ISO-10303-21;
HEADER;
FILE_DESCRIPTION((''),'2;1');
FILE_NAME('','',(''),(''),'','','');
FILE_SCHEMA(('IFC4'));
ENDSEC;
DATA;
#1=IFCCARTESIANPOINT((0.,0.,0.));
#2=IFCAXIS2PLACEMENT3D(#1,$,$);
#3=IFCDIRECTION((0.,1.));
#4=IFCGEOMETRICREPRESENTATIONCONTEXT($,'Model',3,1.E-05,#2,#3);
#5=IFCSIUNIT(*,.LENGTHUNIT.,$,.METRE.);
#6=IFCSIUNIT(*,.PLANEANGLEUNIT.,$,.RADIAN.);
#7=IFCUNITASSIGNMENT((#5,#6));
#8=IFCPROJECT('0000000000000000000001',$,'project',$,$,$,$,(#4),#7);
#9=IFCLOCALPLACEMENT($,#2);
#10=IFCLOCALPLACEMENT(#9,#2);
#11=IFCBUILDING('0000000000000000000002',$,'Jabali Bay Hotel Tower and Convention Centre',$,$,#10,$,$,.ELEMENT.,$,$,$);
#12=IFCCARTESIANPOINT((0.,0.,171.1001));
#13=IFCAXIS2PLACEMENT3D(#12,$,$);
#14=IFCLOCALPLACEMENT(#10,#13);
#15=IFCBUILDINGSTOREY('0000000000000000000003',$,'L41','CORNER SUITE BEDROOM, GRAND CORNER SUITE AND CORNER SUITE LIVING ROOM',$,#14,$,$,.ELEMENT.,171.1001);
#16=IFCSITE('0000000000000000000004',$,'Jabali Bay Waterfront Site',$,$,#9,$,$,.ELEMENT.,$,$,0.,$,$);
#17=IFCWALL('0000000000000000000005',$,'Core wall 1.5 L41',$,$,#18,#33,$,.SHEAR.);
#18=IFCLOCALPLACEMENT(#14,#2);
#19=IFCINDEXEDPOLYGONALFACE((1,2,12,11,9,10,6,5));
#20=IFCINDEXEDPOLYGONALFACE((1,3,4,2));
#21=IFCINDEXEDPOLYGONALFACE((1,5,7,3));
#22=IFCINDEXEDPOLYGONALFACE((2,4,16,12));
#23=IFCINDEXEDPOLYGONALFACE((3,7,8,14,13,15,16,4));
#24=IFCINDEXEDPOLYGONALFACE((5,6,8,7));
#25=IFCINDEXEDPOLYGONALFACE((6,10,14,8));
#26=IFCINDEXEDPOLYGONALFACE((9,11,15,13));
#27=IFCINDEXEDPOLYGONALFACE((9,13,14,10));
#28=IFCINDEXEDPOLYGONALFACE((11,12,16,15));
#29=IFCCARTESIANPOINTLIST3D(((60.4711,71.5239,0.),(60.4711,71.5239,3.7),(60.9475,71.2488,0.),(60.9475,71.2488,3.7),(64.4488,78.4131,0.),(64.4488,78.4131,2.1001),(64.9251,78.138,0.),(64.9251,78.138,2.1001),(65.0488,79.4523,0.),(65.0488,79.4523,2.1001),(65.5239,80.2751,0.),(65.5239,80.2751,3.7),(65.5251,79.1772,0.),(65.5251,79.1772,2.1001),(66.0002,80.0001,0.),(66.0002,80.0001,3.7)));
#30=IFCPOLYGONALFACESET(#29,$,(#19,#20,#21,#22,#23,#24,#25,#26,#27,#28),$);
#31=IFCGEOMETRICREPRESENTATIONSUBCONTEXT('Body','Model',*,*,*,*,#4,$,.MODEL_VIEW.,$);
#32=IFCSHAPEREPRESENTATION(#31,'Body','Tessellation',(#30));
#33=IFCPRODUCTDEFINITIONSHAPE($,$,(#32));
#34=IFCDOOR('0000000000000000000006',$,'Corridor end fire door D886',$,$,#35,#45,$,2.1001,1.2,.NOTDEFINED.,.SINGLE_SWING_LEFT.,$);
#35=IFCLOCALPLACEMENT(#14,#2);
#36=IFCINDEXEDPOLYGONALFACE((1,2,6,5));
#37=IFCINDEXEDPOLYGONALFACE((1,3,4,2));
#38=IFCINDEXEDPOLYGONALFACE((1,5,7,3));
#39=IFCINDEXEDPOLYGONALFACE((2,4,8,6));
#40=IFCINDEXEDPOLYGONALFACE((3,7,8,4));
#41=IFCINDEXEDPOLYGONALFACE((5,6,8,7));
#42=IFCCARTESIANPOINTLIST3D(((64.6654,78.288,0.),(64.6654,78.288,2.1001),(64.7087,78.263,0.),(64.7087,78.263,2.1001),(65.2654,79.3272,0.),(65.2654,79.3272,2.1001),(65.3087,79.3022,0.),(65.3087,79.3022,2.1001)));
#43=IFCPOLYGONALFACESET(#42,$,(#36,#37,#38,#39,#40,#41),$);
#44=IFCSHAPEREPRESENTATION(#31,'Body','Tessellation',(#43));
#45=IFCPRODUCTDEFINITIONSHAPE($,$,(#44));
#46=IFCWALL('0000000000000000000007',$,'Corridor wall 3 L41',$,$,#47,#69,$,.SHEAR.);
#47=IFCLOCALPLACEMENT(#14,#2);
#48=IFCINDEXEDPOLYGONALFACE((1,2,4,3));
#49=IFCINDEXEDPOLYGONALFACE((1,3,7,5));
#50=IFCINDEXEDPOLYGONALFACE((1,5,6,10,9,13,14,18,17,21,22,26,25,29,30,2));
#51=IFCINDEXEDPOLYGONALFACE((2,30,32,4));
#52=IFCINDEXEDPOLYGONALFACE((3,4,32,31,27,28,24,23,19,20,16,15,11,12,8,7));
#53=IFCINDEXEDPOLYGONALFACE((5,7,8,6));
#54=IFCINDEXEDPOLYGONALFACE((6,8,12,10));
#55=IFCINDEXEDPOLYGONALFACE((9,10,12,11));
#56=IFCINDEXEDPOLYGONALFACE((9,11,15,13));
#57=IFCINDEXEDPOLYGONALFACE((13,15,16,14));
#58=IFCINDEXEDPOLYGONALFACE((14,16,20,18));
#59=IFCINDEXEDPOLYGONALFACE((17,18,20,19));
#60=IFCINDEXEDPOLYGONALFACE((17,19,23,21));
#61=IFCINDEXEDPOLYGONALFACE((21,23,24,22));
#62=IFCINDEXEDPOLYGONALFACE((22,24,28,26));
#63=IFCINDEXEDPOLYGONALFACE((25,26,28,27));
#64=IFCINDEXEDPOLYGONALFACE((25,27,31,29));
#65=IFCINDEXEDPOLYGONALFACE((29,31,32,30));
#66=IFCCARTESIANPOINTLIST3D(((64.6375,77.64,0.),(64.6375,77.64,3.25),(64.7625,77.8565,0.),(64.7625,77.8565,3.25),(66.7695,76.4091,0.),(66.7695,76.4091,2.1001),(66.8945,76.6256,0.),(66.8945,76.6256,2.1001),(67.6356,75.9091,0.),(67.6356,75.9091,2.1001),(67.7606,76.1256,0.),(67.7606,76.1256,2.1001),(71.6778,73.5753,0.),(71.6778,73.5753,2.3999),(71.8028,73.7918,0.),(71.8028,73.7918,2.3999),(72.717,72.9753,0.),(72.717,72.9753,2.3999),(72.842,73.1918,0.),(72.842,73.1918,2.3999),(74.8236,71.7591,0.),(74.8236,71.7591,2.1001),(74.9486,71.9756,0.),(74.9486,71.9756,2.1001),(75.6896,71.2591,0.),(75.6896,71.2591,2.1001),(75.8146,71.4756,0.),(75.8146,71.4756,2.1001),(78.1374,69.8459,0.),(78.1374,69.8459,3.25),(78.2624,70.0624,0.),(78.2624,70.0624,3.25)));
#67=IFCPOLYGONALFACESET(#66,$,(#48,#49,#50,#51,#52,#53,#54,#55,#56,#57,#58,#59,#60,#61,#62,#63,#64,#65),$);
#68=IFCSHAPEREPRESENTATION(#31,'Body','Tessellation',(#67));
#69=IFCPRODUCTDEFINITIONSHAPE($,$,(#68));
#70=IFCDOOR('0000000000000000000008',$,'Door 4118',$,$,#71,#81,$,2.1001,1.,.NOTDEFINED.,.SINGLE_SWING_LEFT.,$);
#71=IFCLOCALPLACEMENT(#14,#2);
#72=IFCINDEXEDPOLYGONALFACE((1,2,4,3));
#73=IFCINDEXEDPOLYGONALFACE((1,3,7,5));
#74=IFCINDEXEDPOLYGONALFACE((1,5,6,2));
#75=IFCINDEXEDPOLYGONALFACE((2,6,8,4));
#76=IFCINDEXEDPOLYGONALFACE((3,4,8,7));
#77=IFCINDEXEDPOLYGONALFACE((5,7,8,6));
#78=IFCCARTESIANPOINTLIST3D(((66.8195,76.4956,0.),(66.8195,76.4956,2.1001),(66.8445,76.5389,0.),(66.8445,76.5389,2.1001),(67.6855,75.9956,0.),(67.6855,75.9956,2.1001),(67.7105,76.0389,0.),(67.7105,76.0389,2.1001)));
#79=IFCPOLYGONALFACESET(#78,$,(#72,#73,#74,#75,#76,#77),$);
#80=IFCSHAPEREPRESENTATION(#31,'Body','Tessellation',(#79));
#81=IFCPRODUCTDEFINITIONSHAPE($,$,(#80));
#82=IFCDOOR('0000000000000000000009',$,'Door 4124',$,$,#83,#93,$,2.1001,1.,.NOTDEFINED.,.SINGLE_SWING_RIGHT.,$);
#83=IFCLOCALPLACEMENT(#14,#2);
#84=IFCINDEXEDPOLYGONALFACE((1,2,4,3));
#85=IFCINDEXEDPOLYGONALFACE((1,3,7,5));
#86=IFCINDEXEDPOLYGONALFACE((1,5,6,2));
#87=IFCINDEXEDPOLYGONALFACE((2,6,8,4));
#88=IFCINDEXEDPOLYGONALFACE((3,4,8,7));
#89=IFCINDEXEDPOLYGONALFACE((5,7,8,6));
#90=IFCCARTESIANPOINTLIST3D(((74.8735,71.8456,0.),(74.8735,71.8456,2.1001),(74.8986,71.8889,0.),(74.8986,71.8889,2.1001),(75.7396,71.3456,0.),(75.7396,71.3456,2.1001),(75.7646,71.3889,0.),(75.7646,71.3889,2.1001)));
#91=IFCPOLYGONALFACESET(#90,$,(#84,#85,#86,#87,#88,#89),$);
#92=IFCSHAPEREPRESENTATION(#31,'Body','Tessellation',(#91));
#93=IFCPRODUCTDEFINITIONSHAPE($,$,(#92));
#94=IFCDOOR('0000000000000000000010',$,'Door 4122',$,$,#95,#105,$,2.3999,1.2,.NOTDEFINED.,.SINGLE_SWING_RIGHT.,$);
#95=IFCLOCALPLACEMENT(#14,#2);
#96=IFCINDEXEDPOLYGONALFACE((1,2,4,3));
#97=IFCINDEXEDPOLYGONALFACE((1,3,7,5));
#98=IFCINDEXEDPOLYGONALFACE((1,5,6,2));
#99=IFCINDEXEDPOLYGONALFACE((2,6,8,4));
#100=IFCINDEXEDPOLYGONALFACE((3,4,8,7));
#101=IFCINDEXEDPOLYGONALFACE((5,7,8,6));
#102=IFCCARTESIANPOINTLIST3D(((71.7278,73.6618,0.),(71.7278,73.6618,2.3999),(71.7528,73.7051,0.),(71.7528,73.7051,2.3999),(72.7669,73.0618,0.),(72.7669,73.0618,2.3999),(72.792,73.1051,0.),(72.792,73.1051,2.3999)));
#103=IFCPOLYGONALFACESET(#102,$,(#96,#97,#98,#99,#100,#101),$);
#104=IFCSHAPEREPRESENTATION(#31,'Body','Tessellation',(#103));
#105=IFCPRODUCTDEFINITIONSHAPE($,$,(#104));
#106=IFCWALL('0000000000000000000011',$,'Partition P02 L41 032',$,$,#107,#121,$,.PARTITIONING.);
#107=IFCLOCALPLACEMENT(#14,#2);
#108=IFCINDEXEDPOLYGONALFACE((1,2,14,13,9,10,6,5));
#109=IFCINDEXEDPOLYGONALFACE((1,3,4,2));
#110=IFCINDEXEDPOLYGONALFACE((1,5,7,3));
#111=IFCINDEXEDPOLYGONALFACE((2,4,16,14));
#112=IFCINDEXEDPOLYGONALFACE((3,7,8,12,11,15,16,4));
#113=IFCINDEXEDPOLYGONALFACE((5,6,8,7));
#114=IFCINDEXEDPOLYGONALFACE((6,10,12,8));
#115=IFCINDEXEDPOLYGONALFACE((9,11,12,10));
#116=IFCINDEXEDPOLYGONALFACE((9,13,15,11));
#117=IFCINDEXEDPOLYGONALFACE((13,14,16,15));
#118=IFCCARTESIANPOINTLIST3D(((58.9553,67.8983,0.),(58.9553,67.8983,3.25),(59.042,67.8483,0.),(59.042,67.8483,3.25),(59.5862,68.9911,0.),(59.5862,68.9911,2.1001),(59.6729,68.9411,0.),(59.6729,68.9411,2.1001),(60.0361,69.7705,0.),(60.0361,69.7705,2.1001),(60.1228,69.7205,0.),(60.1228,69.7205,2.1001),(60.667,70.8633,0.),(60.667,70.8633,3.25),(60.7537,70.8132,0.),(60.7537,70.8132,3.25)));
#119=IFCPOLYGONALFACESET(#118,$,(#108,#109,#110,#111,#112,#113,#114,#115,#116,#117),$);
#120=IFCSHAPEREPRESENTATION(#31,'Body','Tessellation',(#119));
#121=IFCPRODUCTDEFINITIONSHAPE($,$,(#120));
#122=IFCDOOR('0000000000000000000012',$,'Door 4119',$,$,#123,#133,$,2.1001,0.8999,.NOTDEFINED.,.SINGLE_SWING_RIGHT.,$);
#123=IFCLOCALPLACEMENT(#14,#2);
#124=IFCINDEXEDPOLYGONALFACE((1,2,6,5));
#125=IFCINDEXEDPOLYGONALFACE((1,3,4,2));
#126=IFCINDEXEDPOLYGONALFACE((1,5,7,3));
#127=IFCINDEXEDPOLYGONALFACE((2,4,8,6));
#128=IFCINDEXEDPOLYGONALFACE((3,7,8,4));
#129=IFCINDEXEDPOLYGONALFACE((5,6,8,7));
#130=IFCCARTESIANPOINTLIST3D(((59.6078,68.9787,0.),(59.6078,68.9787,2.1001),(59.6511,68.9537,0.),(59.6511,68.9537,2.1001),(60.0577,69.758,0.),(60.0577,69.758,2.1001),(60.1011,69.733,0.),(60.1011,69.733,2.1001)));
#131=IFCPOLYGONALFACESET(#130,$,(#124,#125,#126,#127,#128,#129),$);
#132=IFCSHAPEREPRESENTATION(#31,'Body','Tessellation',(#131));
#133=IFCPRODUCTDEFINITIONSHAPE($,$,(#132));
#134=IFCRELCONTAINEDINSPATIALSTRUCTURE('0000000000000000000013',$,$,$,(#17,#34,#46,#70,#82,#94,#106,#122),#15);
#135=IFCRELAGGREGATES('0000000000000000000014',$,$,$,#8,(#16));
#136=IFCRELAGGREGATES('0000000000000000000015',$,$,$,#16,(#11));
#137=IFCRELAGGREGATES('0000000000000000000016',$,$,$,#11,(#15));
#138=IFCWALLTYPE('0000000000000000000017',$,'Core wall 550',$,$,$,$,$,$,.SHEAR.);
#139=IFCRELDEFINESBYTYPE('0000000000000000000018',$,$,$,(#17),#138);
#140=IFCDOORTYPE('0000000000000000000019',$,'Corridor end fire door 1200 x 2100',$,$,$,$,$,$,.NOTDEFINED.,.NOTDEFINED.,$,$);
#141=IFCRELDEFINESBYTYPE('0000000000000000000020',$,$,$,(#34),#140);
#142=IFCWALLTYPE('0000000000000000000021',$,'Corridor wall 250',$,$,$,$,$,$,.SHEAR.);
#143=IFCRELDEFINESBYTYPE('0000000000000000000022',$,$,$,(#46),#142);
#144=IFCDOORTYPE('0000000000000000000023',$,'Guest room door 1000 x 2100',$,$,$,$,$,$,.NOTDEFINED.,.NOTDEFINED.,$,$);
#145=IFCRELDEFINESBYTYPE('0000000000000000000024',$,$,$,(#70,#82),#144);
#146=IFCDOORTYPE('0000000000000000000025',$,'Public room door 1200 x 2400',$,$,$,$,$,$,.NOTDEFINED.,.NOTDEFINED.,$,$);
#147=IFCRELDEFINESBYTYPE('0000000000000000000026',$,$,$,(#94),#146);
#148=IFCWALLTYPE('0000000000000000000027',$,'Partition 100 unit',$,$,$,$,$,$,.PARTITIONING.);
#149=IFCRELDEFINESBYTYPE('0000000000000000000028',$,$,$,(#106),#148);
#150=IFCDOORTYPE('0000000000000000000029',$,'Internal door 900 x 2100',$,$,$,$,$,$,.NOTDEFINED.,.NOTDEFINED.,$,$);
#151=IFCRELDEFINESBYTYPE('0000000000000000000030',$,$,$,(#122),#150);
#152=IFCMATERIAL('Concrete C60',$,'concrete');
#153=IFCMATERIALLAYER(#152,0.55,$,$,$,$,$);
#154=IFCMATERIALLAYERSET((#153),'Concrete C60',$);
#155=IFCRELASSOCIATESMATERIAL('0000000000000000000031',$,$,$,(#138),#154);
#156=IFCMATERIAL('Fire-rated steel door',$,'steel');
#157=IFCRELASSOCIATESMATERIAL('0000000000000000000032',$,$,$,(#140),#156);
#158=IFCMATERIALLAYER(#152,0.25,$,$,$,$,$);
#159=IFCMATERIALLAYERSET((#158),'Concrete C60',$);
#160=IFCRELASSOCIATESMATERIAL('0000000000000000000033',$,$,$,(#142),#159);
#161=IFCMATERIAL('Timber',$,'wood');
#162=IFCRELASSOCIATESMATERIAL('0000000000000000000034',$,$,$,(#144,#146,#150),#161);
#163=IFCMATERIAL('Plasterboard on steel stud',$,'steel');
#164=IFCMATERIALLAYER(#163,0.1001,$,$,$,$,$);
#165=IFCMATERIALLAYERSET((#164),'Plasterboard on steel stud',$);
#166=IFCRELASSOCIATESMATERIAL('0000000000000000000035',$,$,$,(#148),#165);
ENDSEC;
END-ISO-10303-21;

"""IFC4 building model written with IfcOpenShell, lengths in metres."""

from ifc_helpers import new_model, si_unit, direction, frame, frame_2d, origin, place, context, subcontext, project, spatial, rectangle, extrude, material, layer, layer_set, type_object, element, fill, save


model = new_model("IFC4")

# Units and contexts
model_context = context("Model", 3, precision=1e-05, world=origin(), true_north=direction((0.0, 1.0)))
body_context = subcontext(model_context, "Body", "Model", "MODEL_VIEW")
ifc_project = project(units=[si_unit("LENGTHUNIT", "METRE"), si_unit("PLANEANGLEUNIT", "RADIAN")], contexts=[model_context])

# Site, building, storey
site_placement = place(None, origin())
site = spatial("IfcSite", under=ifc_project, at=site_placement, Name="Jabali Bay Waterfront Site", CompositionType="ELEMENT", RefElevation=0.0)
building_placement = place(site_placement, origin())
building = spatial("IfcBuilding", under=site, at=building_placement, Name="Jabali Bay Hotel Tower and Convention Centre", CompositionType="ELEMENT")
storey_placement = place(building_placement, frame((0.0, 0.0, 171.1001)))
storey = spatial("IfcBuildingStorey", under=building, at=storey_placement, Name="L41", Description="CORNER SUITE BEDROOM, GRAND CORNER SUITE AND CORNER SUITE LIVING ROOM", CompositionType="ELEMENT", Elevation=171.1001)

# Shared definitions
ifc_material_1 = material(Name="Fire-rated steel door", Category="steel")

# Wall, opening, door
ifc_material_2 = material(Name="Concrete C60", Category="concrete")
ifc_layer_1 = layer(ifc_material_2, 0.55)
ifc_layer_set_1 = layer_set([ifc_layer_1], Name="Concrete C60")
wall_type_1 = type_object("IfcWallType", Name="Core wall 550", PredefinedType="SHEAR", material=ifc_layer_set_1)
wall_1_placement = place(storey_placement, frame((60.7092, 71.3862, 0.0), z_axis=(0.0, 0.0, 1.0), x_axis=(0.500016, 0.866016, 0.0)))
wall_1 = element("IfcWall", 1, at=wall_1_placement, inside=storey, type_object=wall_type_1, Name="Core wall 1.5 L41", PredefinedType="SHEAR", context=body_context, shape_type="SweptSolid", body=[
    extrude(rectangle(XDim=10.1052, YDim=0.55, at=frame_2d((5.0527, 0.0))), origin(), (0.0, 0.0, 1.0), 3.7),
])
opening_1_placement = place(wall_1_placement, frame((7.9551, 0.0, 0.0)))
opening_1 = element("IfcOpeningElement", 2, at=opening_1_placement, cuts=wall_1, PredefinedType="OPENING", context=body_context, shape_type="SweptSolid", body=[
    extrude(rectangle(XDim=1.2, YDim=2.1001, at=frame_2d((0.6001, 1.05))), frame((0.0, 0.2856, 0.0), z_axis=(0.0, -1.0, 0.0), x_axis=(1.0, 0.0, 0.0)), (0.0, 0.0, 1.0), 0.571),
])
door_type_1 = type_object("IfcDoorType", Name="Corridor end fire door 1200 x 2100", OperationType="NOTDEFINED", PredefinedType="NOTDEFINED", material=ifc_material_1)
door_1_placement = place(opening_1_placement, origin())
door_1 = element("IfcDoor", 3, at=door_1_placement, inside=storey, type_object=door_type_1, Name="Corridor end fire door D886", OperationType="SINGLE_SWING_LEFT", OverallHeight=2.1001, OverallWidth=1.2, PredefinedType="NOTDEFINED", context=body_context, shape_type="SweptSolid", body=[
    extrude(rectangle(XDim=1.2, YDim=2.1001, at=frame_2d((0.6001, 1.05))), frame((0.0, 0.0249, 0.0), z_axis=(0.0, -1.0, 0.0), x_axis=(1.0, 0.0, 0.0)), (0.0, 0.0, 1.0), 0.05),
])
fill(opening_1, door_1)

# Wall, openings, doors
ifc_layer_2 = layer(ifc_material_2, 0.25)
ifc_layer_set_2 = layer_set([ifc_layer_2], Name="Concrete C60")
wall_type_2 = type_object("IfcWallType", Name="Corridor wall 250", PredefinedType="SHEAR", material=ifc_layer_set_2)
wall_2_placement = place(storey_placement, frame((64.7, 77.7483, 0.0), z_axis=(0.0, 0.0, 1.0), x_axis=(0.866026, -0.499998, 0.0)))
wall_2 = element("IfcWall", 4, at=wall_2_placement, inside=storey, type_object=wall_type_2, Name="Corridor wall 3 L41", PredefinedType="SHEAR", context=body_context, shape_type="SweptSolid", body=[
    extrude(rectangle(XDim=15.5884, YDim=0.25, at=frame_2d((7.7942, 0.0))), origin(), (0.0, 0.0, 1.0), 3.25),
])
opening_2_placement = place(wall_2_placement, frame((2.4619, 0.0, 0.0)))
opening_2 = element("IfcOpeningElement", 5, at=opening_2_placement, cuts=wall_2, PredefinedType="OPENING", context=body_context, shape_type="SweptSolid", body=[
    extrude(rectangle(XDim=1.0, YDim=2.1001, at=frame_2d((0.5, 1.05))), frame((0.0, 0.1355, 0.0), z_axis=(0.0, -1.0, 0.0), x_axis=(1.0, 0.0, 0.0)), (0.0, 0.0, 1.0), 0.271),
])
opening_3_placement = place(wall_2_placement, frame((8.1294, 0.0, 0.0)))
opening_3 = element("IfcOpeningElement", 6, at=opening_3_placement, cuts=wall_2, PredefinedType="OPENING", context=body_context, shape_type="SweptSolid", body=[
    extrude(rectangle(XDim=1.2, YDim=2.3999, at=frame_2d((0.6001, 1.2))), frame((0.0, 0.1355, 0.0), z_axis=(0.0, -1.0, 0.0), x_axis=(1.0, 0.0, 0.0)), (0.0, 0.0, 1.0), 0.271),
])
opening_4_placement = place(wall_2_placement, frame((11.762, 0.0, 0.0)))
opening_4 = element("IfcOpeningElement", 7, at=opening_4_placement, cuts=wall_2, PredefinedType="OPENING", context=body_context, shape_type="SweptSolid", body=[
    extrude(rectangle(XDim=1.0, YDim=2.1001, at=frame_2d((0.5, 1.05))), frame((0.0, 0.1355, 0.0), z_axis=(0.0, -1.0, 0.0), x_axis=(1.0, 0.0, 0.0)), (0.0, 0.0, 1.0), 0.271),
])
ifc_material_3 = material(Name="Timber", Category="wood")
door_type_2 = type_object("IfcDoorType", Name="Guest room door 1000 x 2100", OperationType="NOTDEFINED", PredefinedType="NOTDEFINED", material=ifc_material_3)
door_2_placement = place(opening_2_placement, origin())
door_2 = element("IfcDoor", 8, at=door_2_placement, inside=storey, type_object=door_type_2, Name="Door 4118", OperationType="SINGLE_SWING_LEFT", OverallHeight=2.1001, OverallWidth=1.0, PredefinedType="NOTDEFINED", context=body_context, shape_type="SweptSolid", body=[
    extrude(rectangle(XDim=1.0, YDim=2.1001, at=frame_2d((0.5, 1.05))), frame((0.0, 0.0249, 0.0), z_axis=(0.0, -1.0, 0.0), x_axis=(1.0, 0.0, 0.0)), (0.0, 0.0, 1.0), 0.05),
])
fill(opening_2, door_2)
door_3_placement = place(opening_4_placement, origin())
door_3 = element("IfcDoor", 9, at=door_3_placement, inside=storey, type_object=door_type_2, Name="Door 4124", OperationType="SINGLE_SWING_RIGHT", OverallHeight=2.1001, OverallWidth=1.0, PredefinedType="NOTDEFINED", context=body_context, shape_type="SweptSolid", body=[
    extrude(rectangle(XDim=1.0, YDim=2.1001, at=frame_2d((0.5, 1.05))), frame((0.0, 0.0249, 0.0), z_axis=(0.0, -1.0, 0.0), x_axis=(1.0, 0.0, 0.0)), (0.0, 0.0, 1.0), 0.05),
])
fill(opening_4, door_3)
door_type_3 = type_object("IfcDoorType", Name="Public room door 1200 x 2400", OperationType="NOTDEFINED", PredefinedType="NOTDEFINED", material=ifc_material_3)
door_4_placement = place(opening_3_placement, origin())
door_4 = element("IfcDoor", 10, at=door_4_placement, inside=storey, type_object=door_type_3, Name="Door 4122", OperationType="SINGLE_SWING_RIGHT", OverallHeight=2.3999, OverallWidth=1.2, PredefinedType="NOTDEFINED", context=body_context, shape_type="SweptSolid", body=[
    extrude(rectangle(XDim=1.2, YDim=2.3999, at=frame_2d((0.6001, 1.2))), frame((0.0, 0.0249, 0.0), z_axis=(0.0, -1.0, 0.0), x_axis=(1.0, 0.0, 0.0)), (0.0, 0.0, 1.0), 0.05),
])
fill(opening_3, door_4)

# Wall, opening, door
ifc_material_4 = material(Name="Plasterboard on steel stud", Category="steel")
ifc_layer_3 = layer(ifc_material_4, 0.1001)
ifc_layer_set_3 = layer_set([ifc_layer_3], Name="Plasterboard on steel stud")
wall_type_3 = type_object("IfcWallType", Name="Partition 100 unit", PredefinedType="PARTITIONING", material=ifc_layer_set_3)
wall_3_placement = place(storey_placement, frame((60.7104, 70.8384, 0.0), z_axis=(0.0, 0.0, 1.0), x_axis=(-0.499982, -0.866036, 0.0)))
wall_3 = element("IfcWall", 11, at=wall_3_placement, inside=storey, type_object=wall_type_3, Name="Partition P02 L41 032", PredefinedType="PARTITIONING", context=body_context, shape_type="SweptSolid", body=[
    extrude(rectangle(XDim=3.4236, YDim=0.1001, at=frame_2d((1.7119, 0.0))), origin(), (0.0, 0.0, 1.0), 3.25),
])
opening_5_placement = place(wall_3_placement, frame((1.262, 0.0, 0.0)))
opening_5 = element("IfcOpeningElement", 12, at=opening_5_placement, cuts=wall_3, PredefinedType="OPENING", context=body_context, shape_type="SweptSolid", body=[
    extrude(rectangle(XDim=0.8999, YDim=2.1001, at=frame_2d((0.45, 1.05))), frame((0.0, 0.0605, 0.0), z_axis=(0.0, -1.0, 0.0), x_axis=(1.0, 0.0, 0.0)), (0.0, 0.0, 1.0), 0.1211),
])
door_type_4 = type_object("IfcDoorType", Name="Internal door 900 x 2100", OperationType="NOTDEFINED", PredefinedType="NOTDEFINED", material=ifc_material_3)
door_5_placement = place(opening_5_placement, origin())
door_5 = element("IfcDoor", 13, at=door_5_placement, inside=storey, type_object=door_type_4, Name="Door 4119", OperationType="SINGLE_SWING_RIGHT", OverallHeight=2.1001, OverallWidth=0.8999, PredefinedType="NOTDEFINED", context=body_context, shape_type="SweptSolid", body=[
    extrude(rectangle(XDim=0.8999, YDim=2.1001, at=frame_2d((0.45, 1.05))), frame((0.0, 0.0249, 0.0), z_axis=(0.0, -1.0, 0.0), x_axis=(1.0, 0.0, 0.0)), (0.0, 0.0, 1.0), 0.05),
])
fill(opening_5, door_5)

save(model, "model.ifc")
